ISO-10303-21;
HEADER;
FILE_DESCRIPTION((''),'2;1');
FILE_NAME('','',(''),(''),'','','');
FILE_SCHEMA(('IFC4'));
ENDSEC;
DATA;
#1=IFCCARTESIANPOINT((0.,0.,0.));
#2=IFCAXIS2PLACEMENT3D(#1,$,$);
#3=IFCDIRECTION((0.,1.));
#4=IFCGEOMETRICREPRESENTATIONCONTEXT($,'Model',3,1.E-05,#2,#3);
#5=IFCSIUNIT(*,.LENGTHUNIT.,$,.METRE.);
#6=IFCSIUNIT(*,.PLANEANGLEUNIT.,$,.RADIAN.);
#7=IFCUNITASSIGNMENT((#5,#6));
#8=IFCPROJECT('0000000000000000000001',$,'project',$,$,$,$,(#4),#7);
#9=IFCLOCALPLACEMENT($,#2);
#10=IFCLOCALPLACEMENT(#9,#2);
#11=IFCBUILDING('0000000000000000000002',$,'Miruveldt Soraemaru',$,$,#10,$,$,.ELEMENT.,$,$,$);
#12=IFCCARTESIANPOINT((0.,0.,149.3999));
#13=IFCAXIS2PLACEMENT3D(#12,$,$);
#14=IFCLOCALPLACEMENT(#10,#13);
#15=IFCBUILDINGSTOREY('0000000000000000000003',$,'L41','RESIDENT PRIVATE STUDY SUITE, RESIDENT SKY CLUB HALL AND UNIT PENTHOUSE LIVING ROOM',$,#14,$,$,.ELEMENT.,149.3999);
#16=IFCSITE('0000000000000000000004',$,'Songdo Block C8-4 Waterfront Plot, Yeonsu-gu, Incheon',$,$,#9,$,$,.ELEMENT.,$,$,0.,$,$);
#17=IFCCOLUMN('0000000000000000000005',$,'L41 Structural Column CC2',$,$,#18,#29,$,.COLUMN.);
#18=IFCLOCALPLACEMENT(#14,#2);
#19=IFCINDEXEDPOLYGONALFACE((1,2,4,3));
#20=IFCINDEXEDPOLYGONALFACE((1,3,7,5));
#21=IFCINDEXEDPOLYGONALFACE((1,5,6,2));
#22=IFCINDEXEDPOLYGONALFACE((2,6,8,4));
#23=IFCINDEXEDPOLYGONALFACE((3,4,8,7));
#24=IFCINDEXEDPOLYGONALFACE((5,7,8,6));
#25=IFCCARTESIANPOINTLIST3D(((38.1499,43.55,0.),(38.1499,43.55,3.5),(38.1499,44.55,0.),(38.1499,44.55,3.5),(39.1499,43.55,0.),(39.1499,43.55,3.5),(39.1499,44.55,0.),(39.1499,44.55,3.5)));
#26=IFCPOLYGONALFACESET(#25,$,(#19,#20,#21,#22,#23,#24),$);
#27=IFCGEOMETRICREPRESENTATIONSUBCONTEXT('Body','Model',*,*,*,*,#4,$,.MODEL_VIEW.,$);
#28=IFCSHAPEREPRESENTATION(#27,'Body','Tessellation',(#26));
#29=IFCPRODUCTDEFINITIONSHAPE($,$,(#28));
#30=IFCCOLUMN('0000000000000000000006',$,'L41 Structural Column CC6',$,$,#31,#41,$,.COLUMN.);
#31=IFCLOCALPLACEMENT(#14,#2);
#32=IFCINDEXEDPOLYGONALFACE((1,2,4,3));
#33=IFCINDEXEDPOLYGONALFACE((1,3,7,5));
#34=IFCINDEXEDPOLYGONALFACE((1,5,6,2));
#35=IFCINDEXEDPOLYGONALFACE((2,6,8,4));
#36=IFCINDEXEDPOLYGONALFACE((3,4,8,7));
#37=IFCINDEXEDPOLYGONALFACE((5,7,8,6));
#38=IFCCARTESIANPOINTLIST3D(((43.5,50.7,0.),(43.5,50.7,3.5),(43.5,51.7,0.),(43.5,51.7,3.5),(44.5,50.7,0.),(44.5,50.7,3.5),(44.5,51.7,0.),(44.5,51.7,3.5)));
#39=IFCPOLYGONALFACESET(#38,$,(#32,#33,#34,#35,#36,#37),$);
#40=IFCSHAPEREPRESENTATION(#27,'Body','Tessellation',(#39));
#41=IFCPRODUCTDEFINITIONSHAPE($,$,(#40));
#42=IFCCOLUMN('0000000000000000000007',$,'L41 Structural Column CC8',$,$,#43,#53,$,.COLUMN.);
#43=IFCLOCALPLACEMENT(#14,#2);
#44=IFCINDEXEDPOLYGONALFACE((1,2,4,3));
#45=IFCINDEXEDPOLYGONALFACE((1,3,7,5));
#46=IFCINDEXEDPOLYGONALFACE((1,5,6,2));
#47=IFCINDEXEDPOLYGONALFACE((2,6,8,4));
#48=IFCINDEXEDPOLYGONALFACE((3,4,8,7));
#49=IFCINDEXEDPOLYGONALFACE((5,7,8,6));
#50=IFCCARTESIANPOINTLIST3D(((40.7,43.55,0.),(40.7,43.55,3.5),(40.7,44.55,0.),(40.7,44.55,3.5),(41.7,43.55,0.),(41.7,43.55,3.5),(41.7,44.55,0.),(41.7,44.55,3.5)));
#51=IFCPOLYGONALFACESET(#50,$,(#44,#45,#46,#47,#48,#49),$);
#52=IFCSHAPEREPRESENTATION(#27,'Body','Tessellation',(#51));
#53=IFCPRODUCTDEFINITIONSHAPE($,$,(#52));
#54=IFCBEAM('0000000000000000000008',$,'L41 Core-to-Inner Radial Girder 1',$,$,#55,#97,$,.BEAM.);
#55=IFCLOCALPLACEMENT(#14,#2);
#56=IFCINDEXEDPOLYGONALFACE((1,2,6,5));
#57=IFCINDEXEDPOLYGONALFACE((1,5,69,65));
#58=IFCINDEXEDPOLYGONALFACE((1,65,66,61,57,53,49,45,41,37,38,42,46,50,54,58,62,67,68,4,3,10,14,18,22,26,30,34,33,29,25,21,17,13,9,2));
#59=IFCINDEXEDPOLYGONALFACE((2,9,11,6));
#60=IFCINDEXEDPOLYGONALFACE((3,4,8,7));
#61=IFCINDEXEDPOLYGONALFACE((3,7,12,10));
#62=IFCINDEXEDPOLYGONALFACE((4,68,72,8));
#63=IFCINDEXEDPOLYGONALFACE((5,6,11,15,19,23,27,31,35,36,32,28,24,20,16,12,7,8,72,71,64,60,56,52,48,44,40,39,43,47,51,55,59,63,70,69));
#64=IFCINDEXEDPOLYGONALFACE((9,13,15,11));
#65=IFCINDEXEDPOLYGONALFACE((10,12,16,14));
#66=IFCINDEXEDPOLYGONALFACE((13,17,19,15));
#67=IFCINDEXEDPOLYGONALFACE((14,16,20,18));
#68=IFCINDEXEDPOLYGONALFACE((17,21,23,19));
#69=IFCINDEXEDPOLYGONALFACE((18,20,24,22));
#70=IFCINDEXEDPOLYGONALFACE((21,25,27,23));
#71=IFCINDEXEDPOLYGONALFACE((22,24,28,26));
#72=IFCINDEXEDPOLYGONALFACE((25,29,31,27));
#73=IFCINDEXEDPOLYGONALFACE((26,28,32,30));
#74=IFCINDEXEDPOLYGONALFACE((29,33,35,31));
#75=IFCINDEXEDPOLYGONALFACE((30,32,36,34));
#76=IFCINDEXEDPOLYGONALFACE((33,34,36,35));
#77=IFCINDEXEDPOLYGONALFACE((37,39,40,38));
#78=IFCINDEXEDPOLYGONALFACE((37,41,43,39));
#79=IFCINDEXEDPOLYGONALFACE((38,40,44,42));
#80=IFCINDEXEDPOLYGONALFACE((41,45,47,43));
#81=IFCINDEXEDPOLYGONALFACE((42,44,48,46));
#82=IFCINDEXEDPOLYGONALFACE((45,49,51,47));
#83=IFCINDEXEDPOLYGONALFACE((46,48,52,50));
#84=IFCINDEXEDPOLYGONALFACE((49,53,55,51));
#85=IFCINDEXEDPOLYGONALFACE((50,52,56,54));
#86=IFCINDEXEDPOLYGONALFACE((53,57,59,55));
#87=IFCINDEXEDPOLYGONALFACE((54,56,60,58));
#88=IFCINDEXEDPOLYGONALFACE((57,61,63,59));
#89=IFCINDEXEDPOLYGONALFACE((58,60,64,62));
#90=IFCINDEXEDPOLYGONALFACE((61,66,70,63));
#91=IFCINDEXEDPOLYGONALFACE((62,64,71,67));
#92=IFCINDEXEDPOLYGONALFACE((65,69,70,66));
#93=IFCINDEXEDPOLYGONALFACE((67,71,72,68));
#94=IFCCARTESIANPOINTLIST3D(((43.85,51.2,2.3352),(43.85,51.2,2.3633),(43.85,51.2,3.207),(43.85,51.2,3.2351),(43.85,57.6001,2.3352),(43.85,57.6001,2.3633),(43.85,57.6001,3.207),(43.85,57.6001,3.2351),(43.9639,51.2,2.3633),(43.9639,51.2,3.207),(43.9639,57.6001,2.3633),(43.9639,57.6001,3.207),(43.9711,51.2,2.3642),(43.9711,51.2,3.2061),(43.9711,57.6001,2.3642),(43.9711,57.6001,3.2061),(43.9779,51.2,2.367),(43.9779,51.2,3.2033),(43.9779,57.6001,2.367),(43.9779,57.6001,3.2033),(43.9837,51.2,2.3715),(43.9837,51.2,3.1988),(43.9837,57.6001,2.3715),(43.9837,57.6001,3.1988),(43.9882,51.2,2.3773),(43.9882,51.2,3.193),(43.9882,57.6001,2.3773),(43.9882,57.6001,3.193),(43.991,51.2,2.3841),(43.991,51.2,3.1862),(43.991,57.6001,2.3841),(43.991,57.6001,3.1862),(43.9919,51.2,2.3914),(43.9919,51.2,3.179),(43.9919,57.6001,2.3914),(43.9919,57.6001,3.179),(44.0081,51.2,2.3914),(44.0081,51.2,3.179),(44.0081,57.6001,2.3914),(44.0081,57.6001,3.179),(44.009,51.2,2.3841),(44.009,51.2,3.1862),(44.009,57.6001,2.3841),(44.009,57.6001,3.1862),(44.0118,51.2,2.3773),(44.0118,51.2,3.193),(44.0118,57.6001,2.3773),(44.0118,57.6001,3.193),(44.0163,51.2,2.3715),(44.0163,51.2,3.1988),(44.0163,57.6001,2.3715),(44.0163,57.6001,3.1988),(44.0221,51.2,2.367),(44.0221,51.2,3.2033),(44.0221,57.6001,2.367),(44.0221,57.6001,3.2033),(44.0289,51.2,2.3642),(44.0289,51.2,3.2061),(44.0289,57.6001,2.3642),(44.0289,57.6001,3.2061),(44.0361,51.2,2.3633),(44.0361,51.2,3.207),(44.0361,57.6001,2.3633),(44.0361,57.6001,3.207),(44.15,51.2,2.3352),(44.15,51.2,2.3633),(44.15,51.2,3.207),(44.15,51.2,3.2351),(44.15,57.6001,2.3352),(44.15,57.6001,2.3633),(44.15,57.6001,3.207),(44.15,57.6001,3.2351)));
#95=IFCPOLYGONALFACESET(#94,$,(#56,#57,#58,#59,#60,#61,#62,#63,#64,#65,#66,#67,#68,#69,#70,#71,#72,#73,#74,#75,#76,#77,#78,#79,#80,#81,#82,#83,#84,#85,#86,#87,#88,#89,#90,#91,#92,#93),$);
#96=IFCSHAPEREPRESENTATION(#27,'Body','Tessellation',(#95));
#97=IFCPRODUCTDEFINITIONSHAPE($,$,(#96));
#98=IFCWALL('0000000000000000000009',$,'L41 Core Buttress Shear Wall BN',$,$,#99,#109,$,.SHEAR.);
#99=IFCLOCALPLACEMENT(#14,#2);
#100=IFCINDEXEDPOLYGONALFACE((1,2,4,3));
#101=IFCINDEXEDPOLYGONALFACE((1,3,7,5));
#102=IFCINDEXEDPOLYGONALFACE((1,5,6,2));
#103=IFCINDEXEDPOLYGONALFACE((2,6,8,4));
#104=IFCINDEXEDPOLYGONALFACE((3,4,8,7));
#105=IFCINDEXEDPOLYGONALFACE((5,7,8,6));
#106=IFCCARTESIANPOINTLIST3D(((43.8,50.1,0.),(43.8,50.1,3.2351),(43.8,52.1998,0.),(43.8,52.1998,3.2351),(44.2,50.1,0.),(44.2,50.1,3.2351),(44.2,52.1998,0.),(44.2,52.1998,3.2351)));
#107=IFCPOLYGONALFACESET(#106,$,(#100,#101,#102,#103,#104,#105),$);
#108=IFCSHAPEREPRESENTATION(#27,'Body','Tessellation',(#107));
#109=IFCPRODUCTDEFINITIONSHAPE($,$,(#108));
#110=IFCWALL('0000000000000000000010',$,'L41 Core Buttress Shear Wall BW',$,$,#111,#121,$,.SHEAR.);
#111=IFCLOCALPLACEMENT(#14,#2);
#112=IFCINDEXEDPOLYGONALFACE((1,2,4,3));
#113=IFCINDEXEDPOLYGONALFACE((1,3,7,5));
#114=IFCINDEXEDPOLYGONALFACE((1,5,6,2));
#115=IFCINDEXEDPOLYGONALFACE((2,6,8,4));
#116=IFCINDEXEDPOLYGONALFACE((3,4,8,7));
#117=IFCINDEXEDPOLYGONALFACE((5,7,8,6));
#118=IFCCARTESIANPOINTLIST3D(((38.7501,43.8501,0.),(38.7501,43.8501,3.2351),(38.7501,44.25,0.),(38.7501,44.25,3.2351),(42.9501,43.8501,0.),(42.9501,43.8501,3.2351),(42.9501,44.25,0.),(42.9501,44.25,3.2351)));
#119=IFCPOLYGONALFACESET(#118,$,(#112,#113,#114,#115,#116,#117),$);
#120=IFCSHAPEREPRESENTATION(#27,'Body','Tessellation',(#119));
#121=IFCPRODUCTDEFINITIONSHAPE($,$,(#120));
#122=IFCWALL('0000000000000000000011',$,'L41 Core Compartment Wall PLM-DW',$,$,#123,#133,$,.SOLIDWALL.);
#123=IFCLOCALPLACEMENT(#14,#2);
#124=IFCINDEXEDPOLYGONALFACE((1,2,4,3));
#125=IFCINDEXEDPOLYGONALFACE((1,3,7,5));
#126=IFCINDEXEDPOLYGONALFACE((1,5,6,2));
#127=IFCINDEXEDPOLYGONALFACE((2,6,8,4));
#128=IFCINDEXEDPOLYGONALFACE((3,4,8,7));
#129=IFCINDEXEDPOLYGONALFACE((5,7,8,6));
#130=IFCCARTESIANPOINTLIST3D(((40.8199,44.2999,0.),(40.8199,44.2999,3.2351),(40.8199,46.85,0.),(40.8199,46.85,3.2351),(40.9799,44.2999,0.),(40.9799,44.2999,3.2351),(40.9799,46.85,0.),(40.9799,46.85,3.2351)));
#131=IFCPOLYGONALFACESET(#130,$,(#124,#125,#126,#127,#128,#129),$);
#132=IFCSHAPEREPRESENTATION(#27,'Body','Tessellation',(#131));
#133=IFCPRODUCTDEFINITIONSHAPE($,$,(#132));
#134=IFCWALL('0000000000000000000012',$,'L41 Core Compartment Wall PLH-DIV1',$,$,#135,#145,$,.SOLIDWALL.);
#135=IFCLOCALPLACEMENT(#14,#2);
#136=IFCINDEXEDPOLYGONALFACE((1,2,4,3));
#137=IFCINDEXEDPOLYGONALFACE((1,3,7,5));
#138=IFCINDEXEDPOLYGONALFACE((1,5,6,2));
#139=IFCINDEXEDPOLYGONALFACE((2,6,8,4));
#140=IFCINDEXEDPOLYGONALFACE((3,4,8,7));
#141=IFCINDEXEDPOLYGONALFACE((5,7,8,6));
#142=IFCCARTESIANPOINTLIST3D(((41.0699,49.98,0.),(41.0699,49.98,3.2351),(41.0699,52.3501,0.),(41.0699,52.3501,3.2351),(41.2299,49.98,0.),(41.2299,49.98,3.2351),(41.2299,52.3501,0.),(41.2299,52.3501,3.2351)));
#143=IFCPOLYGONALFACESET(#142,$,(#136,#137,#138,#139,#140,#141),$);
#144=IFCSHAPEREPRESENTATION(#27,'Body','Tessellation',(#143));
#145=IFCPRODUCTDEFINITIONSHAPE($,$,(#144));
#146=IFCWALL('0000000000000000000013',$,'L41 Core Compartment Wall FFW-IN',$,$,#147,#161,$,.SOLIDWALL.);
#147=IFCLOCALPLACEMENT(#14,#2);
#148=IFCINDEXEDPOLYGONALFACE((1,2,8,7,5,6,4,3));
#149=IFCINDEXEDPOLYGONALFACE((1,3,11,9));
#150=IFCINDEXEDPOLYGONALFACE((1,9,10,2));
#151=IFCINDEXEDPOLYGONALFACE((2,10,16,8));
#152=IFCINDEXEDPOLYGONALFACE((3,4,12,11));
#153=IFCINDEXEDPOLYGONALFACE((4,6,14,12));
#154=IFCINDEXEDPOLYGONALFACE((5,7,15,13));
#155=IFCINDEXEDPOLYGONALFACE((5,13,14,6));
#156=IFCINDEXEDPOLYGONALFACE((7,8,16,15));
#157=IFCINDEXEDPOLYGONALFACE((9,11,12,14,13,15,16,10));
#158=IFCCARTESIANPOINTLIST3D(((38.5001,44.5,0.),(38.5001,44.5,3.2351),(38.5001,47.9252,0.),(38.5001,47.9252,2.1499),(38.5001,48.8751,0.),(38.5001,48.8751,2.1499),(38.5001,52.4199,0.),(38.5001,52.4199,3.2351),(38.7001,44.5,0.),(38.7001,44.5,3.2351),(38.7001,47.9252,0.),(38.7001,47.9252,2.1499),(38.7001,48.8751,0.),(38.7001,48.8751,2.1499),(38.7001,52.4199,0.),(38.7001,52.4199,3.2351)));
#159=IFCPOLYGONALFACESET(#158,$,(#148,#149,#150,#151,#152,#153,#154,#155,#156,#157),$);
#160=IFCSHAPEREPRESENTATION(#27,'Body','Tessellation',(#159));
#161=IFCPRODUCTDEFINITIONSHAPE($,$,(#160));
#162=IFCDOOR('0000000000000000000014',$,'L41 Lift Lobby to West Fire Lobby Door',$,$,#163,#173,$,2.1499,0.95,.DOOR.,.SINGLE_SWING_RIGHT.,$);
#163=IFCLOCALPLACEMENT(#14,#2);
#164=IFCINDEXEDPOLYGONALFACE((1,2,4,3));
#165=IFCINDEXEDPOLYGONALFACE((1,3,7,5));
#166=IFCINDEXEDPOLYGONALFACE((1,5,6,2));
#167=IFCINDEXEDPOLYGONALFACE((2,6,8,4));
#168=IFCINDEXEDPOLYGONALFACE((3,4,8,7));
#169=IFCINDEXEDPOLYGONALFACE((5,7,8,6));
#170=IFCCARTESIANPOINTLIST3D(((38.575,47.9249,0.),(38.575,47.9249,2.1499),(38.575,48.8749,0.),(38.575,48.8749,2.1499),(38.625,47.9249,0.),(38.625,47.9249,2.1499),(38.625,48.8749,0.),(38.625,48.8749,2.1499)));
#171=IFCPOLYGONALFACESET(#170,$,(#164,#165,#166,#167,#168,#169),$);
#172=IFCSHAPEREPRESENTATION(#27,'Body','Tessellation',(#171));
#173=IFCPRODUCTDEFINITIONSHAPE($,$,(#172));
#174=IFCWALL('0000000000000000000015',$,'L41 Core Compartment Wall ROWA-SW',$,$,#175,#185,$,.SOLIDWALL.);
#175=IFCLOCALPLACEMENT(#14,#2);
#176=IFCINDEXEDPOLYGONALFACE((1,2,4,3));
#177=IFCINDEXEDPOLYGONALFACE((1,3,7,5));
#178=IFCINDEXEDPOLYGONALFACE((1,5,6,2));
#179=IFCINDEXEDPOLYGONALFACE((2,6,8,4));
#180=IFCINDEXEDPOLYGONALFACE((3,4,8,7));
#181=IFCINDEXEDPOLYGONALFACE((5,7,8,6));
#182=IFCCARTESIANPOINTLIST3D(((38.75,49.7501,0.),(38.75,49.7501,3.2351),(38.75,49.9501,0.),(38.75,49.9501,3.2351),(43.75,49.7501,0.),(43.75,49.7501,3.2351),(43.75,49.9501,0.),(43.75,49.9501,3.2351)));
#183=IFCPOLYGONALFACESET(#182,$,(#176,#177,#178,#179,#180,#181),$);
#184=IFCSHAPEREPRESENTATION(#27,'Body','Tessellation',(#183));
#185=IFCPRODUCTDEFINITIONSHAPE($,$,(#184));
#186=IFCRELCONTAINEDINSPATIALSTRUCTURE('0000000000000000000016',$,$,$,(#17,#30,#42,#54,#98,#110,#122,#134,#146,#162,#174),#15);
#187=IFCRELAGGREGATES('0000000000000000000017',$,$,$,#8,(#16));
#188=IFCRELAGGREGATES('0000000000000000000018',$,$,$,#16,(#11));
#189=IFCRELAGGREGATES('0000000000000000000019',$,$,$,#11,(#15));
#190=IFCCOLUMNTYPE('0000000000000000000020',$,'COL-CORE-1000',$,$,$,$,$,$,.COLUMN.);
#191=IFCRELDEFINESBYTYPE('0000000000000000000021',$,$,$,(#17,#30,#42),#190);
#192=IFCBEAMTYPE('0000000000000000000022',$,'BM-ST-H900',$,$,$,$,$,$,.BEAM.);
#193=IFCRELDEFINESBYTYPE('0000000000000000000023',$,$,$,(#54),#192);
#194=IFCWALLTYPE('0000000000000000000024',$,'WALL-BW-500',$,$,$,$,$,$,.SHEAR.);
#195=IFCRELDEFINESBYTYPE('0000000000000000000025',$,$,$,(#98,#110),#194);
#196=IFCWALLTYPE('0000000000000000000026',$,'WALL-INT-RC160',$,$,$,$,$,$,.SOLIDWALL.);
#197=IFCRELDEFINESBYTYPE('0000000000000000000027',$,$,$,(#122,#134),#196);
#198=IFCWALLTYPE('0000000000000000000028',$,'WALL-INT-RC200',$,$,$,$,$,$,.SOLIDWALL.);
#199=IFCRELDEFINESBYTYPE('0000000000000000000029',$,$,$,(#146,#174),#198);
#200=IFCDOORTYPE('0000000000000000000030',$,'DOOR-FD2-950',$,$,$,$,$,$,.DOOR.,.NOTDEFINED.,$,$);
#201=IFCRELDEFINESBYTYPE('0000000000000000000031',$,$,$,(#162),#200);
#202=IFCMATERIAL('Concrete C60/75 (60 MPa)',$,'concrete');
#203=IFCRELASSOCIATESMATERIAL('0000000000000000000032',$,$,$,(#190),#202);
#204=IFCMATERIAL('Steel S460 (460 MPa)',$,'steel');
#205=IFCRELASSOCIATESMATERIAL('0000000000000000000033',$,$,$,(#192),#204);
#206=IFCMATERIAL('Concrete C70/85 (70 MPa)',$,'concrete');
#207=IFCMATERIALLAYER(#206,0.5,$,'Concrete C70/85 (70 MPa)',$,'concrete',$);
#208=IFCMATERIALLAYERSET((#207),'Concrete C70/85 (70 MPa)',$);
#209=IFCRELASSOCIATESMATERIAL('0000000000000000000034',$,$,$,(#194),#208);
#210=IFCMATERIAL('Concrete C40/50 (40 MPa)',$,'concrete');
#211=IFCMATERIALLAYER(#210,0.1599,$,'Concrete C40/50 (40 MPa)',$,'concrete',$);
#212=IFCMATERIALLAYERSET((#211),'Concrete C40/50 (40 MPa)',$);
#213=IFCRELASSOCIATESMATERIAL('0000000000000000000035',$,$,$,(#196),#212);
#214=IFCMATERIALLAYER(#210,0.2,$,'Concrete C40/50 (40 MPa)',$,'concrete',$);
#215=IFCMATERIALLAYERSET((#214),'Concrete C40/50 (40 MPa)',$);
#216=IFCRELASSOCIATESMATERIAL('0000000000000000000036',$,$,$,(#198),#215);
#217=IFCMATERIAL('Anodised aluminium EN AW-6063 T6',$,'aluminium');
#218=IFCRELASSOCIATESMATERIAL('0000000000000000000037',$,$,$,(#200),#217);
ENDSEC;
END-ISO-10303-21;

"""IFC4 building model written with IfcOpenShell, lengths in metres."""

from ifc_helpers import new_model, si_unit, direction, frame, frame_2d, origin, origin_2d, place, context, subcontext, project, spatial, rectangle, i_section, extrude, material, layer, layer_set, material_profile, profile_set, type_object, element, fill, save


model = new_model("IFC4")

# Units and contexts
model_context = context("Model", 3, precision=1e-05, world=origin(), true_north=direction((0.0, 1.0)))
body_context = subcontext(model_context, "Body", "Model", "MODEL_VIEW")
ifc_project = project(units=[si_unit("LENGTHUNIT", "METRE"), si_unit("PLANEANGLEUNIT", "RADIAN")], contexts=[model_context])

# Site, building, storey
site_placement = place(None, origin())
site = spatial("IfcSite", under=ifc_project, at=site_placement, Name="Songdo Block C8-4 Waterfront Plot, Yeonsu-gu, Incheon", CompositionType="ELEMENT", RefElevation=0.0)
building_placement = place(site_placement, origin())
building = spatial("IfcBuilding", under=site, at=building_placement, Name="Miruveldt Soraemaru", CompositionType="ELEMENT")
storey_placement = place(building_placement, frame((0.0, 0.0, 149.3999)))
storey = spatial("IfcBuildingStorey", under=building, at=storey_placement, Name="L41", Description="RESIDENT PRIVATE STUDY SUITE, RESIDENT SKY CLUB HALL AND UNIT PENTHOUSE LIVING ROOM", CompositionType="ELEMENT", Elevation=149.3999)

# Columns
ifc_material_1 = material(Name="Concrete C60/75 (60 MPa)", Category="concrete")
ifc_material_profile_1 = material_profile(ifc_material_1, rectangle(XDim=1.0, YDim=1.0, at=origin_2d()), Name="Concrete C60/75 (60 MPa)", Category="concrete")
ifc_profile_set_1 = profile_set([ifc_material_profile_1], Name="Concrete C60/75 (60 MPa)")
column_type = type_object("IfcColumnType", Name="COL-CORE-1000", PredefinedType="COLUMN", material=ifc_profile_set_1)
for number, where, z_axis, x_axis, name in (
    (1, (38.6499, 44.05, 0.0), (0.0, 0.0, 1.0), (1.0, 0.0, 0.0), "L41 Structural Column CC2"),
    (2, (44.0, 51.2, 0.0), (0.0, 0.0, 1.0), (1.0, 0.0, 0.0), "L41 Structural Column CC6"),
    (3, (41.2, 44.05, 0.0), (0.0, 0.0, 1.0), (1.0, 0.0, 0.0), "L41 Structural Column CC8"),
):
    element("IfcColumn", number, at=place(storey_placement, frame(where, z_axis=z_axis, x_axis=x_axis)), inside=storey, type_object=column_type, Name=name, PredefinedType="COLUMN", context=body_context, shape_type="SweptSolid", body=[
        extrude(rectangle(XDim=1.0, YDim=1.0, at=origin_2d()), origin(), (0.0, 0.0, 1.0), 3.5),
    ])

# Beam
ifc_material_2 = material(Name="Steel S460 (460 MPa)", Category="steel")
ifc_material_profile_2 = material_profile(ifc_material_2, i_section(OverallWidth=0.3, OverallDepth=0.8999, WebThickness=0.0161, FlangeThickness=0.0281, FilletRadius=0.0281, at=origin_2d()), Name="Steel S460 (460 MPa)", Category="steel")
ifc_profile_set_2 = profile_set([ifc_material_profile_2], Name="Steel S460 (460 MPa)")
beam_type = type_object("IfcBeamType", Name="BM-ST-H900", PredefinedType="BEAM", material=ifc_profile_set_2)
beam_placement = place(storey_placement, frame((44.0, 51.2, 2.7852), z_axis=(0.0, 1.0, 0.0), x_axis=(-1.0, 0.0, 0.0)))
element("IfcBeam", 4, at=beam_placement, inside=storey, type_object=beam_type, Name="L41 Core-to-Inner Radial Girder 1", PredefinedType="BEAM", context=body_context, shape_type="SweptSolid", body=[
    extrude(i_section(OverallWidth=0.3, OverallDepth=0.8999, WebThickness=0.0161, FlangeThickness=0.0281, FilletRadius=0.0281, at=origin_2d()), origin(), (0.0, 0.0, 1.0), 6.4001),
])

# Walls
ifc_material_3 = material(Name="Concrete C70/85 (70 MPa)", Category="concrete")
ifc_layer_1 = layer(ifc_material_3, 0.5, Name="Concrete C70/85 (70 MPa)", Category="concrete")
ifc_layer_set_1 = layer_set([ifc_layer_1], Name="Concrete C70/85 (70 MPa)")
wall_type_1 = type_object("IfcWallType", Name="WALL-BW-500", PredefinedType="SHEAR", material=ifc_layer_set_1)
wall_1_placement = place(storey_placement, frame((44.0, 50.1001, 0.0), z_axis=(0.0, 0.0, 1.0), x_axis=(0.0, 1.0, 0.0)))
element("IfcWall", 5, at=wall_1_placement, inside=storey, type_object=wall_type_1, Name="L41 Core Buttress Shear Wall BN", PredefinedType="SHEAR", context=body_context, shape_type="SweptSolid", body=[
    extrude(rectangle(XDim=2.0999, YDim=0.3999, at=frame_2d((1.0498, 0.0))), origin(), (0.0, 0.0, 1.0), 3.2351),
])
wall_2_placement = place(storey_placement, frame((38.75, 44.05, 0.0), z_axis=(0.0, 0.0, 1.0), x_axis=(1.0, 0.0, 0.0)))
element("IfcWall", 6, at=wall_2_placement, inside=storey, type_object=wall_type_1, Name="L41 Core Buttress Shear Wall BW", PredefinedType="SHEAR", context=body_context, shape_type="SweptSolid", body=[
    extrude(rectangle(XDim=4.2, YDim=0.3999, at=frame_2d((2.1001, 0.0))), origin(), (0.0, 0.0, 1.0), 3.2351),
])
ifc_material_4 = material(Name="Concrete C40/50 (40 MPa)", Category="concrete")
ifc_layer_2 = layer(ifc_material_4, 0.1599, Name="Concrete C40/50 (40 MPa)", Category="concrete")
ifc_layer_set_2 = layer_set([ifc_layer_2], Name="Concrete C40/50 (40 MPa)")
wall_type_2 = type_object("IfcWallType", Name="WALL-INT-RC160", PredefinedType="SOLIDWALL", material=ifc_layer_set_2)
wall_3_placement = place(storey_placement, frame((40.8999, 44.3, 0.0), z_axis=(0.0, 0.0, 1.0), x_axis=(0.0, 1.0, 0.0)))
element("IfcWall", 7, at=wall_3_placement, inside=storey, type_object=wall_type_2, Name="L41 Core Compartment Wall PLM-DW", PredefinedType="SOLIDWALL", context=body_context, shape_type="SweptSolid", body=[
    extrude(rectangle(XDim=2.55, YDim=0.1599, at=frame_2d((1.2749, 0.0))), origin(), (0.0, 0.0, 1.0), 3.2351),
])
wall_4_placement = place(storey_placement, frame((41.1499, 49.98, 0.0), z_axis=(0.0, 0.0, 1.0), x_axis=(0.0, 1.0, 0.0)))
element("IfcWall", 8, at=wall_4_placement, inside=storey, type_object=wall_type_2, Name="L41 Core Compartment Wall PLH-DIV1", PredefinedType="SOLIDWALL", context=body_context, shape_type="SweptSolid", body=[
    extrude(rectangle(XDim=2.3701, YDim=0.1599, at=frame_2d((1.1851, 0.0))), origin(), (0.0, 0.0, 1.0), 3.2351),
])

# Wall, opening, door
ifc_layer_3 = layer(ifc_material_4, 0.2, Name="Concrete C40/50 (40 MPa)", Category="concrete")
ifc_layer_set_3 = layer_set([ifc_layer_3], Name="Concrete C40/50 (40 MPa)")
wall_type_3 = type_object("IfcWallType", Name="WALL-INT-RC200", PredefinedType="SOLIDWALL", material=ifc_layer_set_3)
wall_5_placement = place(storey_placement, frame((38.6001, 44.5, 0.0), z_axis=(0.0, 0.0, 1.0), x_axis=(0.0, 1.0, 0.0)))
wall_5 = element("IfcWall", 9, at=wall_5_placement, inside=storey, type_object=wall_type_3, Name="L41 Core Compartment Wall FFW-IN", PredefinedType="SOLIDWALL", context=body_context, shape_type="SweptSolid", body=[
    extrude(rectangle(XDim=7.9199, YDim=0.2, at=frame_2d((3.96, 0.0))), origin(), (0.0, 0.0, 1.0), 3.2351),
])
opening_1_placement = place(wall_5_placement, frame((3.425, 0.0, 0.0)))
opening_1 = element("IfcOpeningElement", 10, at=opening_1_placement, cuts=wall_5, PredefinedType="OPENING", context=body_context, shape_type="SweptSolid", body=[
    extrude(rectangle(XDim=0.95, YDim=2.1499, at=frame_2d((0.4751, 1.075))), frame((0.0, 0.1099, 0.0), z_axis=(0.0, -1.0, 0.0), x_axis=(1.0, 0.0, 0.0)), (0.0, 0.0, 1.0), 0.22),
])
ifc_material_5 = material(Name="Anodised aluminium EN AW-6063 T6", Category="aluminium")
door_type_1 = type_object("IfcDoorType", Name="DOOR-FD2-950", OperationType="NOTDEFINED", PredefinedType="DOOR", material=ifc_material_5)
door_1_placement = place(opening_1_placement, frame((0.95, 0.0, 0.0), z_axis=(0.0, 0.0, 1.0), x_axis=(-1.0, 0.0, 0.0)))
door_1 = element("IfcDoor", 11, at=door_1_placement, inside=storey, type_object=door_type_1, Name="L41 Lift Lobby to West Fire Lobby Door", OperationType="SINGLE_SWING_RIGHT", OverallHeight=2.1499, OverallWidth=0.95, PredefinedType="DOOR", context=body_context, shape_type="SweptSolid", body=[
    extrude(rectangle(XDim=0.95, YDim=2.1499, at=frame_2d((0.4751, 1.075))), frame((0.0, 0.0249, 0.0), z_axis=(0.0, -1.0, 0.0), x_axis=(1.0, 0.0, 0.0)), (0.0, 0.0, 1.0), 0.05),
])
fill(opening_1, door_1)

# Wall
wall_6_placement = place(storey_placement, frame((38.75, 49.8501, 0.0), z_axis=(0.0, 0.0, 1.0), x_axis=(1.0, 0.0, 0.0)))
element("IfcWall", 12, at=wall_6_placement, inside=storey, type_object=wall_type_3, Name="L41 Core Compartment Wall ROWA-SW", PredefinedType="SOLIDWALL", context=body_context, shape_type="SweptSolid", body=[
    extrude(rectangle(XDim=5.0, YDim=0.2, at=frame_2d((2.5, 0.0))), origin(), (0.0, 0.0, 1.0), 3.2351),
])

save(model, "model.ifc")
